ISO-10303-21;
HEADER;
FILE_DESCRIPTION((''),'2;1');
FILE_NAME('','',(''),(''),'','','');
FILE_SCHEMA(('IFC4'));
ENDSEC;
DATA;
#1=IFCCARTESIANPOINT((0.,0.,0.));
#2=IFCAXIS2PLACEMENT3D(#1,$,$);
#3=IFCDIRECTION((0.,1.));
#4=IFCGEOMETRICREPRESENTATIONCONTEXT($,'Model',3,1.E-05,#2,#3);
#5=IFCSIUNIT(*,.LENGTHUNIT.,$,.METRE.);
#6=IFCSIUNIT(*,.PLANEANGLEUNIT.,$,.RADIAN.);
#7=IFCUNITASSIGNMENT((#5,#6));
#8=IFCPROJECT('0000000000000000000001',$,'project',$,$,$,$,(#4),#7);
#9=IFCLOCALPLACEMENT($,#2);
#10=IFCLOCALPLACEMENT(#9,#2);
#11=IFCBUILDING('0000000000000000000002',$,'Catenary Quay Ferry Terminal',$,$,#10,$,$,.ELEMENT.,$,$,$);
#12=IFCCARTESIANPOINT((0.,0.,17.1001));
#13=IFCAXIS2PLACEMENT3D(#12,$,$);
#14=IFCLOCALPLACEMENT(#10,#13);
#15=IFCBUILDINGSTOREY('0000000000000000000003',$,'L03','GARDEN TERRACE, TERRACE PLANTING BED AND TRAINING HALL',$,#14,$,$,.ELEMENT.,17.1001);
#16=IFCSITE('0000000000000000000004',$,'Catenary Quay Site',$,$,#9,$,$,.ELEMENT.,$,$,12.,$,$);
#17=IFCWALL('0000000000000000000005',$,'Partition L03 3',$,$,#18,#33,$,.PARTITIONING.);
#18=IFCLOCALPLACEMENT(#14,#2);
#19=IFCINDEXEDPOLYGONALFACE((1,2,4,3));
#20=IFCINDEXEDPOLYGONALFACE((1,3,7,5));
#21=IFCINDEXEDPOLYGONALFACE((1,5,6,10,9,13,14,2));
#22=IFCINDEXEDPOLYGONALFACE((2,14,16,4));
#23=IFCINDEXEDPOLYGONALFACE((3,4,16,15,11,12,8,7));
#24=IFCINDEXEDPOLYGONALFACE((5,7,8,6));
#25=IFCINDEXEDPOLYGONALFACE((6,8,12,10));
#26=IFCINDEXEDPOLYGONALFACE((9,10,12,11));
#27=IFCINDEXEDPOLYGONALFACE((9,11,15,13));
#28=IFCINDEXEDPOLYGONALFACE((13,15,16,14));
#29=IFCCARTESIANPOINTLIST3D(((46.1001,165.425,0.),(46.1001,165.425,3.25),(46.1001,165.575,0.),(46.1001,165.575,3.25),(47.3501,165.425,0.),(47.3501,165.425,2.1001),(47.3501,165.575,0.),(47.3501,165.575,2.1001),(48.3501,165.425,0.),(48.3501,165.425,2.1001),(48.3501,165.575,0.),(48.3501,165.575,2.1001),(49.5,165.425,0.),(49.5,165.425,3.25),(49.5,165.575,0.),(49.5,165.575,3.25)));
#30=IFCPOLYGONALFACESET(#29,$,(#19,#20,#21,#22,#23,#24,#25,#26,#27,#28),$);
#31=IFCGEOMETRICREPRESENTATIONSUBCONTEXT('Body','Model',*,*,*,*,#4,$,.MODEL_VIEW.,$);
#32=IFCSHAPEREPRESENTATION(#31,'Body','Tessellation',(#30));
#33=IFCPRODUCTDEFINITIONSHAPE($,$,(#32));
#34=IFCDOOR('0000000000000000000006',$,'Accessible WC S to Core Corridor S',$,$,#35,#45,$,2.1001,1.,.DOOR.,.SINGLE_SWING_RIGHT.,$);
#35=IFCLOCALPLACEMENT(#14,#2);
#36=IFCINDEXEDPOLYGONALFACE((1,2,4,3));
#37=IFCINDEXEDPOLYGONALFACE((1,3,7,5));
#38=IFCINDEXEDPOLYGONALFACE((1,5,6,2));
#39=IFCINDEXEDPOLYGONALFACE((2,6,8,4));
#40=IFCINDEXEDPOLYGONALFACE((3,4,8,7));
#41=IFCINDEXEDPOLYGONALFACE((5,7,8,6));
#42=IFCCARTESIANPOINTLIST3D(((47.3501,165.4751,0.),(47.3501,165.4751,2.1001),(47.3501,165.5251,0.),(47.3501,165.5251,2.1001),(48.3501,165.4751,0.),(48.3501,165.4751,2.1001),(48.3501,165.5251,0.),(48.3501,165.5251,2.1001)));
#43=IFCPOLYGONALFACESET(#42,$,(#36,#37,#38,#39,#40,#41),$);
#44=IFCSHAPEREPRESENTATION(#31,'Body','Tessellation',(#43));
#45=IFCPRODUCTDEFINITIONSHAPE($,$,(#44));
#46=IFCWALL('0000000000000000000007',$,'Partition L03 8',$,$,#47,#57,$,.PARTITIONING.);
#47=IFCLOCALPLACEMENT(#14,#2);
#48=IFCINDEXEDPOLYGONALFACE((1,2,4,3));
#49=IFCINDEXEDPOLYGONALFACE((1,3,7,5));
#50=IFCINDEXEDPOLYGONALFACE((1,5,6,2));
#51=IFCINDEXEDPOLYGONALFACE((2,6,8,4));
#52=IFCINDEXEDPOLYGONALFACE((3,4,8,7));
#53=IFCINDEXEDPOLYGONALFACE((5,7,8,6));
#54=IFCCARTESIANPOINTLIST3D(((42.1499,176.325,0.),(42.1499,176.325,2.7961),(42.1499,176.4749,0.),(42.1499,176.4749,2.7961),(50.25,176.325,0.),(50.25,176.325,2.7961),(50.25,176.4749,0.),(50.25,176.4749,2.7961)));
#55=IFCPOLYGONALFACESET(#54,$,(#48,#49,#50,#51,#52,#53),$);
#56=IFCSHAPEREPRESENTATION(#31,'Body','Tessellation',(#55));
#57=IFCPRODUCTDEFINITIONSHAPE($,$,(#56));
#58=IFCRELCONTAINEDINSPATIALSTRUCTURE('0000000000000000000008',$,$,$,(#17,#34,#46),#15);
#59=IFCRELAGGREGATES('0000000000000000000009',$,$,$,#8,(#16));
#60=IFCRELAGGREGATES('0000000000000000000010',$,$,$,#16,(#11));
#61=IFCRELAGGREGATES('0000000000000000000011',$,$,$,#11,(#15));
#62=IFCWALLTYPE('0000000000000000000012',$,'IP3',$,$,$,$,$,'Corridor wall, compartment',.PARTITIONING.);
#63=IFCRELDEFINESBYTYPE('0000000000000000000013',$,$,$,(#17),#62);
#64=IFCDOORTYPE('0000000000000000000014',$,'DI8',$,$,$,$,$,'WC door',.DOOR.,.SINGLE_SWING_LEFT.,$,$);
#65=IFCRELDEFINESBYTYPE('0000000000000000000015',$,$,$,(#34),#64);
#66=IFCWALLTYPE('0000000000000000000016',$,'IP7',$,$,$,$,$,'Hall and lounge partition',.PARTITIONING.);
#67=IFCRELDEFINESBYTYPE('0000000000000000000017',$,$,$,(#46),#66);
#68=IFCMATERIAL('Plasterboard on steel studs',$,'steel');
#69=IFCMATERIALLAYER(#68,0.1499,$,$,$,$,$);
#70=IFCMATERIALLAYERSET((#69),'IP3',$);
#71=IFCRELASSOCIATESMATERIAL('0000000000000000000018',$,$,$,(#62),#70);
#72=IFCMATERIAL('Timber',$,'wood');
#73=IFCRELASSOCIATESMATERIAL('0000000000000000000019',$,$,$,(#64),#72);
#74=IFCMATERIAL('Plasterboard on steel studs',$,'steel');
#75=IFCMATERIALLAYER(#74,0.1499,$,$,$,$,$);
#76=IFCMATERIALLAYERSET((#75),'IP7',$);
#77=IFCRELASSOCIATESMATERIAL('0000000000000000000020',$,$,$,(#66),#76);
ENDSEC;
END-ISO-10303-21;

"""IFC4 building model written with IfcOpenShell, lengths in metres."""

from ifc_helpers import new_model, si_unit, direction, frame, frame_2d, origin, place, context, subcontext, project, spatial, rectangle, extrude, material, layer, layer_set, type_object, element, fill, save


model = new_model("IFC4")

# Units and contexts
model_context = context("Model", 3, precision=1e-05, world=origin(), true_north=direction((0.0, 1.0)))
body_context = subcontext(model_context, "Body", "Model", "MODEL_VIEW")
ifc_project = project(units=[si_unit("LENGTHUNIT", "METRE"), si_unit("PLANEANGLEUNIT", "RADIAN")], contexts=[model_context])

# Site, building, storey
site_placement = place(None, origin())
site = spatial("IfcSite", under=ifc_project, at=site_placement, Name="Catenary Quay Site", CompositionType="ELEMENT", RefElevation=12.0)
building_placement = place(site_placement, origin())
building = spatial("IfcBuilding", under=site, at=building_placement, Name="Catenary Quay Ferry Terminal", CompositionType="ELEMENT")
storey_placement = place(building_placement, frame((0.0, 0.0, 17.1001)))
storey = spatial("IfcBuildingStorey", under=building, at=storey_placement, Name="L03", Description="GARDEN TERRACE, TERRACE PLANTING BED AND TRAINING HALL", CompositionType="ELEMENT", Elevation=17.1001)

# Wall, opening, door
ifc_material_1 = material(Name="Plasterboard on steel studs", Category="steel")
ifc_layer_1 = layer(ifc_material_1, 0.1499)
ifc_layer_set_1 = layer_set([ifc_layer_1], Name="IP3")
wall_type_1 = type_object("IfcWallType", Name="IP3", ElementType="Corridor wall, compartment", PredefinedType="PARTITIONING", material=ifc_layer_set_1)
wall_1_placement = place(storey_placement, frame((46.1001, 165.5, 0.0), z_axis=(0.0, 0.0, 1.0), x_axis=(1.0, 0.0, 0.0)))
wall_1 = element("IfcWall", 1, at=wall_1_placement, inside=storey, type_object=wall_type_1, Name="Partition L03 3", PredefinedType="PARTITIONING", context=body_context, shape_type="SweptSolid", body=[
    extrude(rectangle(XDim=3.3999, YDim=0.1499, at=frame_2d((1.7, 0.0))), origin(), (0.0, 0.0, 1.0), 3.25),
])
opening_placement = place(wall_1_placement, frame((1.25, 0.0, 0.0)))
opening = element("IfcOpeningElement", 2, at=opening_placement, cuts=wall_1, PredefinedType="OPENING", context=body_context, shape_type="SweptSolid", body=[
    extrude(rectangle(XDim=1.0, YDim=2.1001, at=frame_2d((0.5, 1.05))), frame((0.0, 0.085, 0.0), z_axis=(0.0, -1.0, 0.0), x_axis=(1.0, 0.0, 0.0)), (0.0, 0.0, 1.0), 0.1699),
])
ifc_material_2 = material(Name="Timber", Category="wood")
door_type = type_object("IfcDoorType", Name="DI8", ElementType="WC door", OperationType="SINGLE_SWING_LEFT", PredefinedType="DOOR", material=ifc_material_2)
door_placement = place(opening_placement, frame((1.0, 0.0, 0.0), z_axis=(0.0, 0.0, 1.0), x_axis=(-1.0, 0.0, 0.0)))
door = element("IfcDoor", 3, at=door_placement, inside=storey, type_object=door_type, Name="Accessible WC S to Core Corridor S", OperationType="SINGLE_SWING_RIGHT", OverallHeight=2.1001, OverallWidth=1.0, PredefinedType="DOOR", context=body_context, shape_type="SweptSolid", body=[
    extrude(rectangle(XDim=1.0, YDim=2.1001, at=frame_2d((0.5, 1.05))), frame((0.0, 0.0249, 0.0), z_axis=(0.0, -1.0, 0.0), x_axis=(1.0, 0.0, 0.0)), (0.0, 0.0, 1.0), 0.05),
])
fill(opening, door)

# Wall
ifc_material_3 = material(Name="Plasterboard on steel studs", Category="steel")
ifc_layer_2 = layer(ifc_material_3, 0.1499)
ifc_layer_set_2 = layer_set([ifc_layer_2], Name="IP7")
wall_type_2 = type_object("IfcWallType", Name="IP7", ElementType="Hall and lounge partition", PredefinedType="PARTITIONING", material=ifc_layer_set_2)
wall_2_placement = place(storey_placement, frame((42.1499, 176.3999, 0.0), z_axis=(0.0, 0.0, 1.0), x_axis=(1.0, 0.0, 0.0)))
element("IfcWall", 4, at=wall_2_placement, inside=storey, type_object=wall_type_2, Name="Partition L03 8", PredefinedType="PARTITIONING", context=body_context, shape_type="SweptSolid", body=[
    extrude(rectangle(XDim=8.1001, YDim=0.1499, at=frame_2d((4.05, 0.0))), origin(), (0.0, 0.0, 1.0), 2.7961),
])

save(model, "model.ifc")
